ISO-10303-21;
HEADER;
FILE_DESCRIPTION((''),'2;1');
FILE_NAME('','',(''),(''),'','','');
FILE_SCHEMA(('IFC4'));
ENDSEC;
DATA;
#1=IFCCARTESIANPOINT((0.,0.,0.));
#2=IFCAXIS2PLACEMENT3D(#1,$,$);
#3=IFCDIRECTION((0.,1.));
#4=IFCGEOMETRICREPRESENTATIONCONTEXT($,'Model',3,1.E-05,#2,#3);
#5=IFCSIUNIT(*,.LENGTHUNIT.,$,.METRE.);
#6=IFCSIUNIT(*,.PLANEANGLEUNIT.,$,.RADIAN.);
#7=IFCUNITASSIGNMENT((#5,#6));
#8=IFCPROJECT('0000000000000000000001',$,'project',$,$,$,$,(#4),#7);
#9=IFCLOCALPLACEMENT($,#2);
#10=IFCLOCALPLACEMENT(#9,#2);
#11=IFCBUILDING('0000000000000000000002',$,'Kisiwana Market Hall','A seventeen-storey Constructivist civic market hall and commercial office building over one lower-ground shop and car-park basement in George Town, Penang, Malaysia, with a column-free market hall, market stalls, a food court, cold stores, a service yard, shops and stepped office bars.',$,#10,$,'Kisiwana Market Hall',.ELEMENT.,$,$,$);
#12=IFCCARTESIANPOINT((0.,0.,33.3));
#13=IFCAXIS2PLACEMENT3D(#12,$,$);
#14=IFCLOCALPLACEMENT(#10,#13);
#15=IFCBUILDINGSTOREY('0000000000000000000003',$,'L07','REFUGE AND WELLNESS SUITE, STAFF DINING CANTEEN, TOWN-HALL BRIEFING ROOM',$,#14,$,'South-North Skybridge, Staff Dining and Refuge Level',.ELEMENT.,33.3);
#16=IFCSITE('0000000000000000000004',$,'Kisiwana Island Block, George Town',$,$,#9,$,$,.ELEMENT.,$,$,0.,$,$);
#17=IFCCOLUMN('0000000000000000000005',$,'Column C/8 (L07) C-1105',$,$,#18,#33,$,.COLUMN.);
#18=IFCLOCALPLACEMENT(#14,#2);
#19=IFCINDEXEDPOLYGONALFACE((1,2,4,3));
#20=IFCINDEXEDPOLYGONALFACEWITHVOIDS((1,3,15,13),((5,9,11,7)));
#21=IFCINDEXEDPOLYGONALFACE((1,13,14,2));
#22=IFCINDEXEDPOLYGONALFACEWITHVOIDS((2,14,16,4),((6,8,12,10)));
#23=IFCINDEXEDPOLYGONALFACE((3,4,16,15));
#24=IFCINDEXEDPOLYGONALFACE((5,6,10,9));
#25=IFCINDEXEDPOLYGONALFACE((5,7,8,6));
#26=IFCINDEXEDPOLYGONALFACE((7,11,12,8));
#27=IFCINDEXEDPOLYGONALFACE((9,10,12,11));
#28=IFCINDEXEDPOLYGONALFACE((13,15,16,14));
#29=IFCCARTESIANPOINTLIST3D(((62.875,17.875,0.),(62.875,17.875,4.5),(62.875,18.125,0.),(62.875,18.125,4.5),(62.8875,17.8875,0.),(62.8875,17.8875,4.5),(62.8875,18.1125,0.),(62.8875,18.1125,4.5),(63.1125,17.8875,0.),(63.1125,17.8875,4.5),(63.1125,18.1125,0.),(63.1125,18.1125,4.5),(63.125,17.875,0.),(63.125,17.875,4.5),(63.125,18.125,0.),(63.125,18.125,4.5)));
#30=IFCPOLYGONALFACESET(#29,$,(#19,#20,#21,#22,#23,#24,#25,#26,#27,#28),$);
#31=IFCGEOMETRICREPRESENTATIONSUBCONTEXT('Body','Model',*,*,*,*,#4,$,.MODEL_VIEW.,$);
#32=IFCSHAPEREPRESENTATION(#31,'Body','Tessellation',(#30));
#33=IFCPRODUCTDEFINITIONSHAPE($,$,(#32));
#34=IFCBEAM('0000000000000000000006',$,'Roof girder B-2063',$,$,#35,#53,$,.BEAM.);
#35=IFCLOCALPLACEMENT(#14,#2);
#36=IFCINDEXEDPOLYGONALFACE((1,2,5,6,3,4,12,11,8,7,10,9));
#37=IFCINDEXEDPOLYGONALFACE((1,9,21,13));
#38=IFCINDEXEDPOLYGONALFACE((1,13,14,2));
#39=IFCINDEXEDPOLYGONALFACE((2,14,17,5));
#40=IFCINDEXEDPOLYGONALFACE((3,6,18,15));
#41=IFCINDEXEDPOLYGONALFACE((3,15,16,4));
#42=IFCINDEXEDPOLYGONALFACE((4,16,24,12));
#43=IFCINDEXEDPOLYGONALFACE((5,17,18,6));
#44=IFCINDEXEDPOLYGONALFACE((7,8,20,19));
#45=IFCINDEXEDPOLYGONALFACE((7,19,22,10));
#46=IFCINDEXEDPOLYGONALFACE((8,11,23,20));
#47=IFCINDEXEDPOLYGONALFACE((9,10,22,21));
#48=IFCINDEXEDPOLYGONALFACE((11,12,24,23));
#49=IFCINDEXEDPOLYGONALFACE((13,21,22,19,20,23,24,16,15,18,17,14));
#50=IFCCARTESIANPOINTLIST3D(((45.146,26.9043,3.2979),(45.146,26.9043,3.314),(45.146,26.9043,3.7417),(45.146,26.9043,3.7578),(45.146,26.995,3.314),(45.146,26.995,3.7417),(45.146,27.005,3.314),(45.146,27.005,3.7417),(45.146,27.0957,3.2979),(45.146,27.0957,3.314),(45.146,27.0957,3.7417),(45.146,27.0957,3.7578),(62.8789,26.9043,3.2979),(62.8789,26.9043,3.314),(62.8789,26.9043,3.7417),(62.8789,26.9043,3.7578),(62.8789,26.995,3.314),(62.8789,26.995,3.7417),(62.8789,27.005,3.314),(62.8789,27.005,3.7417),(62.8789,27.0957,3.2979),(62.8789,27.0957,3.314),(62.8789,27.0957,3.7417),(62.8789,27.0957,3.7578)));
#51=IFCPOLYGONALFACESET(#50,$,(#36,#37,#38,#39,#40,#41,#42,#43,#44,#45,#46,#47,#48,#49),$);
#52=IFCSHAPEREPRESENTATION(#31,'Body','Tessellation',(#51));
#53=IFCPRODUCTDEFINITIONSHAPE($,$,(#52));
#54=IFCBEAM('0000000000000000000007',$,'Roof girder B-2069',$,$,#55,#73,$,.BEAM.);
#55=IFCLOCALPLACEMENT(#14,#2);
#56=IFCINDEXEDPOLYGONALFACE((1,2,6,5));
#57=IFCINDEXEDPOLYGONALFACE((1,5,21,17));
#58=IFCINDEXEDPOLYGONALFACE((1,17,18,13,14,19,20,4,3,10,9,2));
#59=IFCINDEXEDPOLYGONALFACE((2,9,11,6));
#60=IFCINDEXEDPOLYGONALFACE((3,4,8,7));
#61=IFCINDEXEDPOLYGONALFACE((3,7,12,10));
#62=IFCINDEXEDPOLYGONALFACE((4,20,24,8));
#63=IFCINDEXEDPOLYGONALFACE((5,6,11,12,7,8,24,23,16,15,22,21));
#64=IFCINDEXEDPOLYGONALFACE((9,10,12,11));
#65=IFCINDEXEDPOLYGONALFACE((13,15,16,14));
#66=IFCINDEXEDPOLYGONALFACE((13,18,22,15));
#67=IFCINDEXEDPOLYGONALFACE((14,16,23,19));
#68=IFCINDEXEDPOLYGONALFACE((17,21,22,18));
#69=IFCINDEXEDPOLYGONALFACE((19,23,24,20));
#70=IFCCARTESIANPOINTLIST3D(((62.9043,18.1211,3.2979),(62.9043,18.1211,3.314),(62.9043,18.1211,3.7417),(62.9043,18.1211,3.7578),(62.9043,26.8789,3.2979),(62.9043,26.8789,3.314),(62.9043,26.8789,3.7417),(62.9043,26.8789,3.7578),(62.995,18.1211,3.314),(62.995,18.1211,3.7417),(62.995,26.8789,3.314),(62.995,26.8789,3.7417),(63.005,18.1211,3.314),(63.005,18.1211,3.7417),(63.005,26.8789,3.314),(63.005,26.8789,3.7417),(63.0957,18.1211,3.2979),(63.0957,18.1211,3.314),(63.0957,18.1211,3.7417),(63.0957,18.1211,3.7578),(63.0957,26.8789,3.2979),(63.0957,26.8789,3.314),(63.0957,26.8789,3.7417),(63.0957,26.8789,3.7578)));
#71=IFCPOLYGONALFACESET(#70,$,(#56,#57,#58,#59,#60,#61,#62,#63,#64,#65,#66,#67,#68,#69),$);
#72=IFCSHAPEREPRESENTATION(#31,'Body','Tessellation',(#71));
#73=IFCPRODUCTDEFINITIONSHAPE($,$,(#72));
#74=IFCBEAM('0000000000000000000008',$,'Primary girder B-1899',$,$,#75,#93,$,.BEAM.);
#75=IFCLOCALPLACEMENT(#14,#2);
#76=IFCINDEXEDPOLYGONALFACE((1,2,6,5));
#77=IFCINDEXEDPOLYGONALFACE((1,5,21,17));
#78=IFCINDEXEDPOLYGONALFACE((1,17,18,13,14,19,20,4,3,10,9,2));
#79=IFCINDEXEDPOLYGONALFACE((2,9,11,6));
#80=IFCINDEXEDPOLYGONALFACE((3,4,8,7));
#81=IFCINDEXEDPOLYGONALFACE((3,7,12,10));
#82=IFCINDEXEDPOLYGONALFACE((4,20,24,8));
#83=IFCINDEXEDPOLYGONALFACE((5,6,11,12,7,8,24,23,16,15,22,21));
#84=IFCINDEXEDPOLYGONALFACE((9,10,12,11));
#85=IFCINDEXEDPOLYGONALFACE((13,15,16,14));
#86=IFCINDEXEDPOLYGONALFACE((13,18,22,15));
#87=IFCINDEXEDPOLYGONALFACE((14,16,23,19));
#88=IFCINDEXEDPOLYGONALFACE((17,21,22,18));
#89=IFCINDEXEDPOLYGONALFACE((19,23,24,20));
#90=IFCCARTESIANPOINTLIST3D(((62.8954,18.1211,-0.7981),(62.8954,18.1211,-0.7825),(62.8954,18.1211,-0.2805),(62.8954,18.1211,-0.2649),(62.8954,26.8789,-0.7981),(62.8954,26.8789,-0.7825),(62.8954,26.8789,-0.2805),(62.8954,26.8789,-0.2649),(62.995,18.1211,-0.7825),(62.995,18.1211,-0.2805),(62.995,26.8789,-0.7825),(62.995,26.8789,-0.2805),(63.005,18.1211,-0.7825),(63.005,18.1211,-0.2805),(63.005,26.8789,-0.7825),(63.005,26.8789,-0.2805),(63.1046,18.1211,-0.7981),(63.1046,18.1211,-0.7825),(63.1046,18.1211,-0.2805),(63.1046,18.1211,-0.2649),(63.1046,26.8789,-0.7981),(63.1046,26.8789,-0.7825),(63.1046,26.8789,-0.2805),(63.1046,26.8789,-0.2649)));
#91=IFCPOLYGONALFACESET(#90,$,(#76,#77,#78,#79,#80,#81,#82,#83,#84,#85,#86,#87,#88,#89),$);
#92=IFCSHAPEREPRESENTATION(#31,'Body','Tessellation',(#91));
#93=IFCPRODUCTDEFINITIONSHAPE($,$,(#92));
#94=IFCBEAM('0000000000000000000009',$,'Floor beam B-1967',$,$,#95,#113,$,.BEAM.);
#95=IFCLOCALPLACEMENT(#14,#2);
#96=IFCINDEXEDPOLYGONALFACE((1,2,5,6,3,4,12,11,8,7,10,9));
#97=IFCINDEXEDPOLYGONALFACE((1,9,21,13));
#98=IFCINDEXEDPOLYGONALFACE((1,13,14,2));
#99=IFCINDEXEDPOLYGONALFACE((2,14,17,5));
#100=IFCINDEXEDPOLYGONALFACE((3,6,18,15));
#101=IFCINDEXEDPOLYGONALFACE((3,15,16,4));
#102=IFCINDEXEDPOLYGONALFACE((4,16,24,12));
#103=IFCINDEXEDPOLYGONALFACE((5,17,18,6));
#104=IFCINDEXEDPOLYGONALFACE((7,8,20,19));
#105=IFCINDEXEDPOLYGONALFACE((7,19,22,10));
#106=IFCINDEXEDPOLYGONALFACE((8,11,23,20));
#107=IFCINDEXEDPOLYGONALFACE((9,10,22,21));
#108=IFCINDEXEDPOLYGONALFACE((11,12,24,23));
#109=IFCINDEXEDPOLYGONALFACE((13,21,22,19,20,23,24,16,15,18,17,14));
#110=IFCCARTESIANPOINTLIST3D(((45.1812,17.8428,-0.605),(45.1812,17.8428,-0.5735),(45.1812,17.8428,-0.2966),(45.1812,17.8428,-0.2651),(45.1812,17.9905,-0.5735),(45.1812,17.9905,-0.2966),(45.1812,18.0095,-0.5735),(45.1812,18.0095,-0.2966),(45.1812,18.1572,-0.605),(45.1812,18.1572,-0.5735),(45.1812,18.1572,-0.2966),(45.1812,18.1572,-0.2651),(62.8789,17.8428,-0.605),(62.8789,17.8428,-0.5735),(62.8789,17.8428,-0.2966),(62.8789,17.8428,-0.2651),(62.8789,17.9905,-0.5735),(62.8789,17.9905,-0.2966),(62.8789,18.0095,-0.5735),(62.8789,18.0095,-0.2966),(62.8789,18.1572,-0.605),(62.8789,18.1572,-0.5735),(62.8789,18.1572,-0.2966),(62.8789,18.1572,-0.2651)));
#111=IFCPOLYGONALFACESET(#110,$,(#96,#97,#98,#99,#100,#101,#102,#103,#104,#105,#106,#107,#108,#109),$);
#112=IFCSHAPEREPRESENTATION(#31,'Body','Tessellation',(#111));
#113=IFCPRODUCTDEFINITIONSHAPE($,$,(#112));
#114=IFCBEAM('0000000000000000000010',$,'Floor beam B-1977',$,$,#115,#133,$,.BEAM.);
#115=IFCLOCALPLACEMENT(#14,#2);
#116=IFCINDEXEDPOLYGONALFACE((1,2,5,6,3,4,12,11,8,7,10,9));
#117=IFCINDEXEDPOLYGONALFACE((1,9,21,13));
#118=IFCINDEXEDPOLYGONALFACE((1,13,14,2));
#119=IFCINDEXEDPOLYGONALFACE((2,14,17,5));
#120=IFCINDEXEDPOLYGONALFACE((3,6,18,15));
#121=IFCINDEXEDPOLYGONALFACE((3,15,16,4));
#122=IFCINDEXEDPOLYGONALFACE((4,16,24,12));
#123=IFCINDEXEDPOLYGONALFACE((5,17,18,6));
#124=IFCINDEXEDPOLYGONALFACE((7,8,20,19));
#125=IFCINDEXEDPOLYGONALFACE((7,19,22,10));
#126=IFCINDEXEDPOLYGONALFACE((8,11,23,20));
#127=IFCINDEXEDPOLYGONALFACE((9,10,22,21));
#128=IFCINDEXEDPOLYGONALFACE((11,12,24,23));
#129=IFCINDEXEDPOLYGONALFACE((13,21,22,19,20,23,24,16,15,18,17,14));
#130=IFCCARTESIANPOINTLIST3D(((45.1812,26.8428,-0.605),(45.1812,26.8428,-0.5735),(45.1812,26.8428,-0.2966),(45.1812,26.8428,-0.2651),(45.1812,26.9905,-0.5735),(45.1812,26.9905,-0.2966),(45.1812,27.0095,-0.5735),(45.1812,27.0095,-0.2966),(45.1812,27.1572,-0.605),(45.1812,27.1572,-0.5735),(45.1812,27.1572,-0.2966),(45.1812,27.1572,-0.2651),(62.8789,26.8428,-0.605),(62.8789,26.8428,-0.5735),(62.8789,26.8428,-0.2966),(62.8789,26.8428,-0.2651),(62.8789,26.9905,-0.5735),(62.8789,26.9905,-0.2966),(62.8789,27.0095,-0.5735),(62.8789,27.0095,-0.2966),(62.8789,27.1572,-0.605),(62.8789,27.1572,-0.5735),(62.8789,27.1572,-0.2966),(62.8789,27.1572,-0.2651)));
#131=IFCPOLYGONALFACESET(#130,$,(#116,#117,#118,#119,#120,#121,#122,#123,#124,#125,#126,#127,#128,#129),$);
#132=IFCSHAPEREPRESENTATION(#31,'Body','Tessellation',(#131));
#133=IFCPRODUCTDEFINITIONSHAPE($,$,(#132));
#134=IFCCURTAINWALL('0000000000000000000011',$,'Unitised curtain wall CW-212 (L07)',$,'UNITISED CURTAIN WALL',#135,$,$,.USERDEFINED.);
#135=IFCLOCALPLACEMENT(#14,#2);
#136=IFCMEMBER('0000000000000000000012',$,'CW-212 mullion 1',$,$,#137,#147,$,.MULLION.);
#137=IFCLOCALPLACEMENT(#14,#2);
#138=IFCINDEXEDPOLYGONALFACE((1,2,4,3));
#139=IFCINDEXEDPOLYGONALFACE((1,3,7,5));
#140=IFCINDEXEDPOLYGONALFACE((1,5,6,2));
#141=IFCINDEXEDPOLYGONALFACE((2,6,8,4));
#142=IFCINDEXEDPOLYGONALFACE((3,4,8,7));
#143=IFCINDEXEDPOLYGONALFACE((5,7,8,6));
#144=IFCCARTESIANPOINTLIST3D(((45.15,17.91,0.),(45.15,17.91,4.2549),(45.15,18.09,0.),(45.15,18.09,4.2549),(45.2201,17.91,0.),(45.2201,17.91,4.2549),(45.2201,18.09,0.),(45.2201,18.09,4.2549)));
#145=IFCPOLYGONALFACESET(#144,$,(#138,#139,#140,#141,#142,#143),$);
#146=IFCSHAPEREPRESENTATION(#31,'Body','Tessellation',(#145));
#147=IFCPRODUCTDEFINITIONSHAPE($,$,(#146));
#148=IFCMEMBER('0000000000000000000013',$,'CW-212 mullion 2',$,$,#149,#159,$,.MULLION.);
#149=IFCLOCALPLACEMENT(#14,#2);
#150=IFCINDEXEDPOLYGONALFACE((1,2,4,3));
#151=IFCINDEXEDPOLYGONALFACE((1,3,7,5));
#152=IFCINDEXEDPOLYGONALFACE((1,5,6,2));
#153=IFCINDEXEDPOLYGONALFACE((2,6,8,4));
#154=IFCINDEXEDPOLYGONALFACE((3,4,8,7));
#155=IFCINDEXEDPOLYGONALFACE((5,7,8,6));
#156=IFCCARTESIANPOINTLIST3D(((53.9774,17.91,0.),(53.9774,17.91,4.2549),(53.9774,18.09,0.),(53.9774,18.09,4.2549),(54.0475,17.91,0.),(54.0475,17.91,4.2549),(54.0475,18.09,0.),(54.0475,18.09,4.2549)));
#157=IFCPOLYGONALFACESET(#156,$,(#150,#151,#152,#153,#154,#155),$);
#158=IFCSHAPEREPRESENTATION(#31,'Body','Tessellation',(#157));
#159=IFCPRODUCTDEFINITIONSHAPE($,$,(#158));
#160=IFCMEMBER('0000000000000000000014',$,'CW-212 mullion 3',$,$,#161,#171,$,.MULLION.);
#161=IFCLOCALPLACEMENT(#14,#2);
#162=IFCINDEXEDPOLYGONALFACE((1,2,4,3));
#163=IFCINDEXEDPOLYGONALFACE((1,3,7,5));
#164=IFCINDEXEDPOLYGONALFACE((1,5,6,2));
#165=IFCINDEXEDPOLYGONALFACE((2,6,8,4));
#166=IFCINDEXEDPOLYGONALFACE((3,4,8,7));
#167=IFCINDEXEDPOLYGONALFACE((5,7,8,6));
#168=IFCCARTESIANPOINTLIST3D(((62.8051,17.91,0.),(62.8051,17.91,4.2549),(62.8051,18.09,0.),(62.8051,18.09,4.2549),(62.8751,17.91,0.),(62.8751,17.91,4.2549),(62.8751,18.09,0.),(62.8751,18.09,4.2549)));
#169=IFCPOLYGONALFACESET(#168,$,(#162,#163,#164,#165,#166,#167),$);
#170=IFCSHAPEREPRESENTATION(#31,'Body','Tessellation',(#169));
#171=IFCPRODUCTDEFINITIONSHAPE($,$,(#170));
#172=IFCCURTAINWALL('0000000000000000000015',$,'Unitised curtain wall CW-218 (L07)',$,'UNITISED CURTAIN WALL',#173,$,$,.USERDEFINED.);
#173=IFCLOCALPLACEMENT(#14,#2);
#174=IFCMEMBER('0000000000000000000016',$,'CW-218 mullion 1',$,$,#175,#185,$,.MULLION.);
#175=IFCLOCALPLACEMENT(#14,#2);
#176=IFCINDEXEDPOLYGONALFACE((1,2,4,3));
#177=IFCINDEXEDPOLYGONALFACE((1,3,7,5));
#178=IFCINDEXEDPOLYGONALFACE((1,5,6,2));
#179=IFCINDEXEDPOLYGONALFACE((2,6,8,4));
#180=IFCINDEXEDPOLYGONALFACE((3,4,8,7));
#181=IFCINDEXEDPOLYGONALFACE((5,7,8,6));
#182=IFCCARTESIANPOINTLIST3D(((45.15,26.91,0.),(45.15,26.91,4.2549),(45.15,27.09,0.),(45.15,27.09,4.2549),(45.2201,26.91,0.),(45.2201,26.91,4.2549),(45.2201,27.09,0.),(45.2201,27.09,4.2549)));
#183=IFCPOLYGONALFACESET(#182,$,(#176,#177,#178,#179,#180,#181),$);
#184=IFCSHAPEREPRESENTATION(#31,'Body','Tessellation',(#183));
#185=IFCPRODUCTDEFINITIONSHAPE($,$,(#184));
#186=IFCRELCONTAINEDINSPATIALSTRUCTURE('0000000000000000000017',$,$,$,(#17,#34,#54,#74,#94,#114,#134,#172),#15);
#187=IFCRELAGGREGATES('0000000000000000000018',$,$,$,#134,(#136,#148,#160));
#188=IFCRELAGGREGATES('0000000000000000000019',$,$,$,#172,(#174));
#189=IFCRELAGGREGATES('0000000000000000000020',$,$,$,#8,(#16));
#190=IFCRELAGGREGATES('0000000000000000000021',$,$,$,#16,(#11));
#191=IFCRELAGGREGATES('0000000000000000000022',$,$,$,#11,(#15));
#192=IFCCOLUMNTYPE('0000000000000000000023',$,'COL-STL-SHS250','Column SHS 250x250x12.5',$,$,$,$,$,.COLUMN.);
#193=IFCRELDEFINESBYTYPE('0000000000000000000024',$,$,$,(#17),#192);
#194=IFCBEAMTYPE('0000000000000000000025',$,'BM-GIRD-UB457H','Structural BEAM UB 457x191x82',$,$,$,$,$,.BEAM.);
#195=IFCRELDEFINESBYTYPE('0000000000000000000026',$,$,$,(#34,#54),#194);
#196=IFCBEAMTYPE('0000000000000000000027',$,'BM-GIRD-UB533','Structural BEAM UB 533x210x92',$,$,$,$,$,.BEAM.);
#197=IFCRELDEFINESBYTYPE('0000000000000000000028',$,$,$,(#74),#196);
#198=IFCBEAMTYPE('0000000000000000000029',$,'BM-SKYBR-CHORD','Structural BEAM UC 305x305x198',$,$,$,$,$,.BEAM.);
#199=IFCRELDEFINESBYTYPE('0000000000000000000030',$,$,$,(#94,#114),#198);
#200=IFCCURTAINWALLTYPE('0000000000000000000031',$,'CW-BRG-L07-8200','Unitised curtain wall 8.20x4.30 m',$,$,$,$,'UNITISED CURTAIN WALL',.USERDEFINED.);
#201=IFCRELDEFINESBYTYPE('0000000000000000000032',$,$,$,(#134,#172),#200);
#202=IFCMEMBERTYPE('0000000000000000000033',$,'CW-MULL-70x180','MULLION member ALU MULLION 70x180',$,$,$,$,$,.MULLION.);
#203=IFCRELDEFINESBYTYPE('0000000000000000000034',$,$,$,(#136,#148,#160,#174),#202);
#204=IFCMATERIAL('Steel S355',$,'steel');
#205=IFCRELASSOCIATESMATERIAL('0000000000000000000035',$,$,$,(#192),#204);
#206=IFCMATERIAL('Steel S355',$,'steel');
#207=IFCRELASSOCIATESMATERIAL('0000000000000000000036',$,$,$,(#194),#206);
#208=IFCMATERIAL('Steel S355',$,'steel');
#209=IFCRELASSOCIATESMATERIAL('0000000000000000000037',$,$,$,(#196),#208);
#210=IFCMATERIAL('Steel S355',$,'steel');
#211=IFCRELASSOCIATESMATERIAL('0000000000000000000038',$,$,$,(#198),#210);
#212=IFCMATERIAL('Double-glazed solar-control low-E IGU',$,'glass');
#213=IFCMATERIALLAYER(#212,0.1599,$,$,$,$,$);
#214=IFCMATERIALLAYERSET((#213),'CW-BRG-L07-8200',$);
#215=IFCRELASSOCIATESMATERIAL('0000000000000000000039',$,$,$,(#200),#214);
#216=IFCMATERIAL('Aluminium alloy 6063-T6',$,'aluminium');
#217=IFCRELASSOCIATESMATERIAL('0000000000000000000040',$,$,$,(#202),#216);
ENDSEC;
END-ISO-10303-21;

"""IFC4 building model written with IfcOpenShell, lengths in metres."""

from ifc_helpers import new_model, si_unit, direction, frame, origin, origin_2d, place, context, subcontext, project, spatial, rectangle, hollow_rectangle, i_section, extrude, material, layer, layer_set, material_profile, profile_set, type_object, element, aggregate, save


model = new_model("IFC4")

# Units and contexts
model_context = context("Model", 3, precision=1e-05, world=origin(), true_north=direction((0.0, 1.0)))
body_context = subcontext(model_context, "Body", "Model", "MODEL_VIEW")
ifc_project = project(units=[si_unit("LENGTHUNIT", "METRE"), si_unit("PLANEANGLEUNIT", "RADIAN")], contexts=[model_context])

# Site, building, storey
site_placement = place(None, origin())
site = spatial("IfcSite", under=ifc_project, at=site_placement, Name="Kisiwana Island Block, George Town", CompositionType="ELEMENT", RefElevation=0.0)
building_placement = place(site_placement, origin())
building = spatial("IfcBuilding", under=site, at=building_placement, Name="Kisiwana Market Hall", Description="A seventeen-storey Constructivist civic market hall and commercial office building over one lower-ground shop and car-park basement in George Town, Penang, Malaysia, with a column-free market hall, market stalls, a food court, cold stores, a service yard, shops and stepped office bars.", LongName="Kisiwana Market Hall", CompositionType="ELEMENT")
storey_placement = place(building_placement, frame((0.0, 0.0, 33.3)))
storey = spatial("IfcBuildingStorey", under=building, at=storey_placement, Name="L07", Description="REFUGE AND WELLNESS SUITE, STAFF DINING CANTEEN, TOWN-HALL BRIEFING ROOM", LongName="South-North Skybridge, Staff Dining and Refuge Level", CompositionType="ELEMENT", Elevation=33.3)

# Column
ifc_material_1 = material(Name="Steel S355", Category="steel")
ifc_material_profile_1 = material_profile(ifc_material_1, hollow_rectangle(XDim=0.25, YDim=0.25, WallThickness=0.0125, at=origin_2d()), Name="SHS 250x250x12.5")
ifc_profile_set_1 = profile_set([ifc_material_profile_1], Name="Steel S355")
column_type = type_object("IfcColumnType", Name="COL-STL-SHS250", Description="Column SHS 250x250x12.5", PredefinedType="COLUMN", material=ifc_profile_set_1)
column_placement = place(storey_placement, frame((63.0, 18.0, 0.0), z_axis=(0.0, 0.0, 1.0), x_axis=(1.0, 0.0, 0.0)))
element("IfcColumn", 1, at=column_placement, inside=storey, type_object=column_type, Name="Column C/8 (L07) C-1105", PredefinedType="COLUMN", context=body_context, shape_type="SweptSolid", body=[
    extrude(hollow_rectangle(XDim=0.25, YDim=0.25, WallThickness=0.0125, at=origin_2d()), origin(), (0.0, 0.0, 1.0), 4.5),
])

# Beams
ifc_material_2 = material(Name="Steel S355", Category="steel")
ifc_material_profile_2 = material_profile(ifc_material_2, i_section(OverallWidth=0.1914, OverallDepth=0.46, WebThickness=0.01, FlangeThickness=0.0161, at=origin_2d()), Name="UB 457x191x82")
ifc_profile_set_2 = profile_set([ifc_material_profile_2], Name="Steel S355")
beam_type_1 = type_object("IfcBeamType", Name="BM-GIRD-UB457H", Description="Structural BEAM UB 457x191x82", PredefinedType="BEAM", material=ifc_profile_set_2)
beam_1_placement = place(storey_placement, frame((45.146, 27.0, 3.5278), z_axis=(1.0, 0.0, 0.0), x_axis=(0.0, 1.0, 0.0)))
element("IfcBeam", 2, at=beam_1_placement, inside=storey, type_object=beam_type_1, Name="Roof girder B-2063", PredefinedType="BEAM", context=body_context, shape_type="SweptSolid", body=[
    extrude(i_section(OverallWidth=0.1914, OverallDepth=0.46, WebThickness=0.01, FlangeThickness=0.0161, at=origin_2d()), origin(), (0.0, 0.0, 1.0), 17.7329),
])
beam_2_placement = place(storey_placement, frame((63.0, 18.1211, 3.5278), z_axis=(0.0, 1.0, 0.0), x_axis=(-1.0, 0.0, 0.0)))
element("IfcBeam", 3, at=beam_2_placement, inside=storey, type_object=beam_type_1, Name="Roof girder B-2069", PredefinedType="BEAM", context=body_context, shape_type="SweptSolid", body=[
    extrude(i_section(OverallWidth=0.1914, OverallDepth=0.46, WebThickness=0.01, FlangeThickness=0.0161, at=origin_2d()), origin(), (0.0, 0.0, 1.0), 8.7578),
])
ifc_material_3 = material(Name="Steel S355", Category="steel")
ifc_material_profile_3 = material_profile(ifc_material_3, i_section(OverallWidth=0.2092, OverallDepth=0.5332, WebThickness=0.01, FlangeThickness=0.0156, at=origin_2d()), Name="UB 533x210x92")
ifc_profile_set_3 = profile_set([ifc_material_profile_3], Name="Steel S355")
beam_type_2 = type_object("IfcBeamType", Name="BM-GIRD-UB533", Description="Structural BEAM UB 533x210x92", PredefinedType="BEAM", material=ifc_profile_set_3)
beam_3_placement = place(storey_placement, frame((63.0, 18.1211, -0.5315), z_axis=(0.0, 1.0, 0.0), x_axis=(-1.0, 0.0, 0.0)))
element("IfcBeam", 4, at=beam_3_placement, inside=storey, type_object=beam_type_2, Name="Primary girder B-1899", PredefinedType="BEAM", context=body_context, shape_type="SweptSolid", body=[
    extrude(i_section(OverallWidth=0.2092, OverallDepth=0.5332, WebThickness=0.01, FlangeThickness=0.0156, at=origin_2d()), origin(), (0.0, 0.0, 1.0), 8.7578),
])
ifc_material_4 = material(Name="Steel S355", Category="steel")
ifc_material_profile_4 = material_profile(ifc_material_4, i_section(OverallWidth=0.3145, OverallDepth=0.3398, WebThickness=0.019, FlangeThickness=0.0315, at=origin_2d()), Name="UC 305x305x198")
ifc_profile_set_4 = profile_set([ifc_material_profile_4], Name="Steel S355")
beam_type_3 = type_object("IfcBeamType", Name="BM-SKYBR-CHORD", Description="Structural BEAM UC 305x305x198", PredefinedType="BEAM", material=ifc_profile_set_4)
for number, where, z_axis, x_axis, name in (
    (5, (45.1812, 18.0, -0.4351), (1.0, 0.0, 0.0), (0.0, 1.0, 0.0), "Floor beam B-1967"),
    (6, (45.1812, 27.0, -0.4351), (1.0, 0.0, 0.0), (0.0, 1.0, 0.0), "Floor beam B-1977"),
):
    element("IfcBeam", number, at=place(storey_placement, frame(where, z_axis=z_axis, x_axis=x_axis)), inside=storey, type_object=beam_type_3, Name=name, PredefinedType="BEAM", context=body_context, shape_type="SweptSolid", body=[
        extrude(i_section(OverallWidth=0.3145, OverallDepth=0.3398, WebThickness=0.019, FlangeThickness=0.0315, at=origin_2d()), origin(), (0.0, 0.0, 1.0), 17.6978),
    ])

# Curtain walls, members
ifc_material_5 = material(Name="Double-glazed solar-control low-E IGU", Category="glass")
ifc_layer_1 = layer(ifc_material_5, 0.1599)
ifc_layer_set_1 = layer_set([ifc_layer_1], Name="CW-BRG-L07-8200")
curtain_wall_type = type_object("IfcCurtainWallType", Name="CW-BRG-L07-8200", Description="Unitised curtain wall 8.20x4.30 m", ElementType="UNITISED CURTAIN WALL", PredefinedType="USERDEFINED", material=ifc_layer_set_1)
curtain_wall_1_placement = place(storey_placement, origin())
curtain_wall_1 = element("IfcCurtainWall", 7, at=curtain_wall_1_placement, inside=storey, type_object=curtain_wall_type, Name="Unitised curtain wall CW-212 (L07)", ObjectType="UNITISED CURTAIN WALL", PredefinedType="USERDEFINED")
ifc_material_6 = material(Name="Aluminium alloy 6063-T6", Category="aluminium")
ifc_material_profile_5 = material_profile(ifc_material_6, rectangle(XDim=0.0701, YDim=0.1799, at=origin_2d()), Name="ALU MULLION 70x180")
ifc_profile_set_5 = profile_set([ifc_material_profile_5], Name="Aluminium alloy 6063-T6")
member_type_1 = type_object("IfcMemberType", Name="CW-MULL-70x180", Description="MULLION member ALU MULLION 70x180", PredefinedType="MULLION", material=ifc_profile_set_5)
member_1_placement = place(storey_placement, frame((45.1851, 18.0, 0.0), z_axis=(0.0, 0.0, 1.0), x_axis=(1.0, 0.0, 0.0)))
member_1 = element("IfcMember", 8, at=member_1_placement, type_object=member_type_1, Name="CW-212 mullion 1", PredefinedType="MULLION", context=body_context, shape_type="SweptSolid", body=[
    extrude(rectangle(XDim=0.0701, YDim=0.1799, at=origin_2d()), origin(), (0.0, 0.0, 1.0), 4.2549),
])
member_2_placement = place(storey_placement, frame((54.0125, 18.0, 0.0), z_axis=(0.0, 0.0, 1.0), x_axis=(1.0, 0.0, 0.0)))
member_2 = element("IfcMember", 9, at=member_2_placement, type_object=member_type_1, Name="CW-212 mullion 2", PredefinedType="MULLION", context=body_context, shape_type="SweptSolid", body=[
    extrude(rectangle(XDim=0.0701, YDim=0.1799, at=origin_2d()), origin(), (0.0, 0.0, 1.0), 4.2549),
])
member_3_placement = place(storey_placement, frame((62.8401, 18.0, 0.0), z_axis=(0.0, 0.0, 1.0), x_axis=(1.0, 0.0, 0.0)))
member_3 = element("IfcMember", 10, at=member_3_placement, type_object=member_type_1, Name="CW-212 mullion 3", PredefinedType="MULLION", context=body_context, shape_type="SweptSolid", body=[
    extrude(rectangle(XDim=0.0701, YDim=0.1799, at=origin_2d()), origin(), (0.0, 0.0, 1.0), 4.2549),
])
curtain_wall_2_placement = place(storey_placement, origin())
curtain_wall_2 = element("IfcCurtainWall", 11, at=curtain_wall_2_placement, inside=storey, type_object=curtain_wall_type, Name="Unitised curtain wall CW-218 (L07)", ObjectType="UNITISED CURTAIN WALL", PredefinedType="USERDEFINED")
member_4_placement = place(storey_placement, frame((45.1851, 27.0, 0.0), z_axis=(0.0, 0.0, 1.0), x_axis=(1.0, 0.0, 0.0)))
member_4 = element("IfcMember", 12, at=member_4_placement, type_object=member_type_1, Name="CW-218 mullion 1", PredefinedType="MULLION", context=body_context, shape_type="SweptSolid", body=[
    extrude(rectangle(XDim=0.0701, YDim=0.1799, at=origin_2d()), origin(), (0.0, 0.0, 1.0), 4.2549),
])

aggregate(curtain_wall_1, [member_1, member_2, member_3])
aggregate(curtain_wall_2, [member_4])

save(model, "model.ifc")
